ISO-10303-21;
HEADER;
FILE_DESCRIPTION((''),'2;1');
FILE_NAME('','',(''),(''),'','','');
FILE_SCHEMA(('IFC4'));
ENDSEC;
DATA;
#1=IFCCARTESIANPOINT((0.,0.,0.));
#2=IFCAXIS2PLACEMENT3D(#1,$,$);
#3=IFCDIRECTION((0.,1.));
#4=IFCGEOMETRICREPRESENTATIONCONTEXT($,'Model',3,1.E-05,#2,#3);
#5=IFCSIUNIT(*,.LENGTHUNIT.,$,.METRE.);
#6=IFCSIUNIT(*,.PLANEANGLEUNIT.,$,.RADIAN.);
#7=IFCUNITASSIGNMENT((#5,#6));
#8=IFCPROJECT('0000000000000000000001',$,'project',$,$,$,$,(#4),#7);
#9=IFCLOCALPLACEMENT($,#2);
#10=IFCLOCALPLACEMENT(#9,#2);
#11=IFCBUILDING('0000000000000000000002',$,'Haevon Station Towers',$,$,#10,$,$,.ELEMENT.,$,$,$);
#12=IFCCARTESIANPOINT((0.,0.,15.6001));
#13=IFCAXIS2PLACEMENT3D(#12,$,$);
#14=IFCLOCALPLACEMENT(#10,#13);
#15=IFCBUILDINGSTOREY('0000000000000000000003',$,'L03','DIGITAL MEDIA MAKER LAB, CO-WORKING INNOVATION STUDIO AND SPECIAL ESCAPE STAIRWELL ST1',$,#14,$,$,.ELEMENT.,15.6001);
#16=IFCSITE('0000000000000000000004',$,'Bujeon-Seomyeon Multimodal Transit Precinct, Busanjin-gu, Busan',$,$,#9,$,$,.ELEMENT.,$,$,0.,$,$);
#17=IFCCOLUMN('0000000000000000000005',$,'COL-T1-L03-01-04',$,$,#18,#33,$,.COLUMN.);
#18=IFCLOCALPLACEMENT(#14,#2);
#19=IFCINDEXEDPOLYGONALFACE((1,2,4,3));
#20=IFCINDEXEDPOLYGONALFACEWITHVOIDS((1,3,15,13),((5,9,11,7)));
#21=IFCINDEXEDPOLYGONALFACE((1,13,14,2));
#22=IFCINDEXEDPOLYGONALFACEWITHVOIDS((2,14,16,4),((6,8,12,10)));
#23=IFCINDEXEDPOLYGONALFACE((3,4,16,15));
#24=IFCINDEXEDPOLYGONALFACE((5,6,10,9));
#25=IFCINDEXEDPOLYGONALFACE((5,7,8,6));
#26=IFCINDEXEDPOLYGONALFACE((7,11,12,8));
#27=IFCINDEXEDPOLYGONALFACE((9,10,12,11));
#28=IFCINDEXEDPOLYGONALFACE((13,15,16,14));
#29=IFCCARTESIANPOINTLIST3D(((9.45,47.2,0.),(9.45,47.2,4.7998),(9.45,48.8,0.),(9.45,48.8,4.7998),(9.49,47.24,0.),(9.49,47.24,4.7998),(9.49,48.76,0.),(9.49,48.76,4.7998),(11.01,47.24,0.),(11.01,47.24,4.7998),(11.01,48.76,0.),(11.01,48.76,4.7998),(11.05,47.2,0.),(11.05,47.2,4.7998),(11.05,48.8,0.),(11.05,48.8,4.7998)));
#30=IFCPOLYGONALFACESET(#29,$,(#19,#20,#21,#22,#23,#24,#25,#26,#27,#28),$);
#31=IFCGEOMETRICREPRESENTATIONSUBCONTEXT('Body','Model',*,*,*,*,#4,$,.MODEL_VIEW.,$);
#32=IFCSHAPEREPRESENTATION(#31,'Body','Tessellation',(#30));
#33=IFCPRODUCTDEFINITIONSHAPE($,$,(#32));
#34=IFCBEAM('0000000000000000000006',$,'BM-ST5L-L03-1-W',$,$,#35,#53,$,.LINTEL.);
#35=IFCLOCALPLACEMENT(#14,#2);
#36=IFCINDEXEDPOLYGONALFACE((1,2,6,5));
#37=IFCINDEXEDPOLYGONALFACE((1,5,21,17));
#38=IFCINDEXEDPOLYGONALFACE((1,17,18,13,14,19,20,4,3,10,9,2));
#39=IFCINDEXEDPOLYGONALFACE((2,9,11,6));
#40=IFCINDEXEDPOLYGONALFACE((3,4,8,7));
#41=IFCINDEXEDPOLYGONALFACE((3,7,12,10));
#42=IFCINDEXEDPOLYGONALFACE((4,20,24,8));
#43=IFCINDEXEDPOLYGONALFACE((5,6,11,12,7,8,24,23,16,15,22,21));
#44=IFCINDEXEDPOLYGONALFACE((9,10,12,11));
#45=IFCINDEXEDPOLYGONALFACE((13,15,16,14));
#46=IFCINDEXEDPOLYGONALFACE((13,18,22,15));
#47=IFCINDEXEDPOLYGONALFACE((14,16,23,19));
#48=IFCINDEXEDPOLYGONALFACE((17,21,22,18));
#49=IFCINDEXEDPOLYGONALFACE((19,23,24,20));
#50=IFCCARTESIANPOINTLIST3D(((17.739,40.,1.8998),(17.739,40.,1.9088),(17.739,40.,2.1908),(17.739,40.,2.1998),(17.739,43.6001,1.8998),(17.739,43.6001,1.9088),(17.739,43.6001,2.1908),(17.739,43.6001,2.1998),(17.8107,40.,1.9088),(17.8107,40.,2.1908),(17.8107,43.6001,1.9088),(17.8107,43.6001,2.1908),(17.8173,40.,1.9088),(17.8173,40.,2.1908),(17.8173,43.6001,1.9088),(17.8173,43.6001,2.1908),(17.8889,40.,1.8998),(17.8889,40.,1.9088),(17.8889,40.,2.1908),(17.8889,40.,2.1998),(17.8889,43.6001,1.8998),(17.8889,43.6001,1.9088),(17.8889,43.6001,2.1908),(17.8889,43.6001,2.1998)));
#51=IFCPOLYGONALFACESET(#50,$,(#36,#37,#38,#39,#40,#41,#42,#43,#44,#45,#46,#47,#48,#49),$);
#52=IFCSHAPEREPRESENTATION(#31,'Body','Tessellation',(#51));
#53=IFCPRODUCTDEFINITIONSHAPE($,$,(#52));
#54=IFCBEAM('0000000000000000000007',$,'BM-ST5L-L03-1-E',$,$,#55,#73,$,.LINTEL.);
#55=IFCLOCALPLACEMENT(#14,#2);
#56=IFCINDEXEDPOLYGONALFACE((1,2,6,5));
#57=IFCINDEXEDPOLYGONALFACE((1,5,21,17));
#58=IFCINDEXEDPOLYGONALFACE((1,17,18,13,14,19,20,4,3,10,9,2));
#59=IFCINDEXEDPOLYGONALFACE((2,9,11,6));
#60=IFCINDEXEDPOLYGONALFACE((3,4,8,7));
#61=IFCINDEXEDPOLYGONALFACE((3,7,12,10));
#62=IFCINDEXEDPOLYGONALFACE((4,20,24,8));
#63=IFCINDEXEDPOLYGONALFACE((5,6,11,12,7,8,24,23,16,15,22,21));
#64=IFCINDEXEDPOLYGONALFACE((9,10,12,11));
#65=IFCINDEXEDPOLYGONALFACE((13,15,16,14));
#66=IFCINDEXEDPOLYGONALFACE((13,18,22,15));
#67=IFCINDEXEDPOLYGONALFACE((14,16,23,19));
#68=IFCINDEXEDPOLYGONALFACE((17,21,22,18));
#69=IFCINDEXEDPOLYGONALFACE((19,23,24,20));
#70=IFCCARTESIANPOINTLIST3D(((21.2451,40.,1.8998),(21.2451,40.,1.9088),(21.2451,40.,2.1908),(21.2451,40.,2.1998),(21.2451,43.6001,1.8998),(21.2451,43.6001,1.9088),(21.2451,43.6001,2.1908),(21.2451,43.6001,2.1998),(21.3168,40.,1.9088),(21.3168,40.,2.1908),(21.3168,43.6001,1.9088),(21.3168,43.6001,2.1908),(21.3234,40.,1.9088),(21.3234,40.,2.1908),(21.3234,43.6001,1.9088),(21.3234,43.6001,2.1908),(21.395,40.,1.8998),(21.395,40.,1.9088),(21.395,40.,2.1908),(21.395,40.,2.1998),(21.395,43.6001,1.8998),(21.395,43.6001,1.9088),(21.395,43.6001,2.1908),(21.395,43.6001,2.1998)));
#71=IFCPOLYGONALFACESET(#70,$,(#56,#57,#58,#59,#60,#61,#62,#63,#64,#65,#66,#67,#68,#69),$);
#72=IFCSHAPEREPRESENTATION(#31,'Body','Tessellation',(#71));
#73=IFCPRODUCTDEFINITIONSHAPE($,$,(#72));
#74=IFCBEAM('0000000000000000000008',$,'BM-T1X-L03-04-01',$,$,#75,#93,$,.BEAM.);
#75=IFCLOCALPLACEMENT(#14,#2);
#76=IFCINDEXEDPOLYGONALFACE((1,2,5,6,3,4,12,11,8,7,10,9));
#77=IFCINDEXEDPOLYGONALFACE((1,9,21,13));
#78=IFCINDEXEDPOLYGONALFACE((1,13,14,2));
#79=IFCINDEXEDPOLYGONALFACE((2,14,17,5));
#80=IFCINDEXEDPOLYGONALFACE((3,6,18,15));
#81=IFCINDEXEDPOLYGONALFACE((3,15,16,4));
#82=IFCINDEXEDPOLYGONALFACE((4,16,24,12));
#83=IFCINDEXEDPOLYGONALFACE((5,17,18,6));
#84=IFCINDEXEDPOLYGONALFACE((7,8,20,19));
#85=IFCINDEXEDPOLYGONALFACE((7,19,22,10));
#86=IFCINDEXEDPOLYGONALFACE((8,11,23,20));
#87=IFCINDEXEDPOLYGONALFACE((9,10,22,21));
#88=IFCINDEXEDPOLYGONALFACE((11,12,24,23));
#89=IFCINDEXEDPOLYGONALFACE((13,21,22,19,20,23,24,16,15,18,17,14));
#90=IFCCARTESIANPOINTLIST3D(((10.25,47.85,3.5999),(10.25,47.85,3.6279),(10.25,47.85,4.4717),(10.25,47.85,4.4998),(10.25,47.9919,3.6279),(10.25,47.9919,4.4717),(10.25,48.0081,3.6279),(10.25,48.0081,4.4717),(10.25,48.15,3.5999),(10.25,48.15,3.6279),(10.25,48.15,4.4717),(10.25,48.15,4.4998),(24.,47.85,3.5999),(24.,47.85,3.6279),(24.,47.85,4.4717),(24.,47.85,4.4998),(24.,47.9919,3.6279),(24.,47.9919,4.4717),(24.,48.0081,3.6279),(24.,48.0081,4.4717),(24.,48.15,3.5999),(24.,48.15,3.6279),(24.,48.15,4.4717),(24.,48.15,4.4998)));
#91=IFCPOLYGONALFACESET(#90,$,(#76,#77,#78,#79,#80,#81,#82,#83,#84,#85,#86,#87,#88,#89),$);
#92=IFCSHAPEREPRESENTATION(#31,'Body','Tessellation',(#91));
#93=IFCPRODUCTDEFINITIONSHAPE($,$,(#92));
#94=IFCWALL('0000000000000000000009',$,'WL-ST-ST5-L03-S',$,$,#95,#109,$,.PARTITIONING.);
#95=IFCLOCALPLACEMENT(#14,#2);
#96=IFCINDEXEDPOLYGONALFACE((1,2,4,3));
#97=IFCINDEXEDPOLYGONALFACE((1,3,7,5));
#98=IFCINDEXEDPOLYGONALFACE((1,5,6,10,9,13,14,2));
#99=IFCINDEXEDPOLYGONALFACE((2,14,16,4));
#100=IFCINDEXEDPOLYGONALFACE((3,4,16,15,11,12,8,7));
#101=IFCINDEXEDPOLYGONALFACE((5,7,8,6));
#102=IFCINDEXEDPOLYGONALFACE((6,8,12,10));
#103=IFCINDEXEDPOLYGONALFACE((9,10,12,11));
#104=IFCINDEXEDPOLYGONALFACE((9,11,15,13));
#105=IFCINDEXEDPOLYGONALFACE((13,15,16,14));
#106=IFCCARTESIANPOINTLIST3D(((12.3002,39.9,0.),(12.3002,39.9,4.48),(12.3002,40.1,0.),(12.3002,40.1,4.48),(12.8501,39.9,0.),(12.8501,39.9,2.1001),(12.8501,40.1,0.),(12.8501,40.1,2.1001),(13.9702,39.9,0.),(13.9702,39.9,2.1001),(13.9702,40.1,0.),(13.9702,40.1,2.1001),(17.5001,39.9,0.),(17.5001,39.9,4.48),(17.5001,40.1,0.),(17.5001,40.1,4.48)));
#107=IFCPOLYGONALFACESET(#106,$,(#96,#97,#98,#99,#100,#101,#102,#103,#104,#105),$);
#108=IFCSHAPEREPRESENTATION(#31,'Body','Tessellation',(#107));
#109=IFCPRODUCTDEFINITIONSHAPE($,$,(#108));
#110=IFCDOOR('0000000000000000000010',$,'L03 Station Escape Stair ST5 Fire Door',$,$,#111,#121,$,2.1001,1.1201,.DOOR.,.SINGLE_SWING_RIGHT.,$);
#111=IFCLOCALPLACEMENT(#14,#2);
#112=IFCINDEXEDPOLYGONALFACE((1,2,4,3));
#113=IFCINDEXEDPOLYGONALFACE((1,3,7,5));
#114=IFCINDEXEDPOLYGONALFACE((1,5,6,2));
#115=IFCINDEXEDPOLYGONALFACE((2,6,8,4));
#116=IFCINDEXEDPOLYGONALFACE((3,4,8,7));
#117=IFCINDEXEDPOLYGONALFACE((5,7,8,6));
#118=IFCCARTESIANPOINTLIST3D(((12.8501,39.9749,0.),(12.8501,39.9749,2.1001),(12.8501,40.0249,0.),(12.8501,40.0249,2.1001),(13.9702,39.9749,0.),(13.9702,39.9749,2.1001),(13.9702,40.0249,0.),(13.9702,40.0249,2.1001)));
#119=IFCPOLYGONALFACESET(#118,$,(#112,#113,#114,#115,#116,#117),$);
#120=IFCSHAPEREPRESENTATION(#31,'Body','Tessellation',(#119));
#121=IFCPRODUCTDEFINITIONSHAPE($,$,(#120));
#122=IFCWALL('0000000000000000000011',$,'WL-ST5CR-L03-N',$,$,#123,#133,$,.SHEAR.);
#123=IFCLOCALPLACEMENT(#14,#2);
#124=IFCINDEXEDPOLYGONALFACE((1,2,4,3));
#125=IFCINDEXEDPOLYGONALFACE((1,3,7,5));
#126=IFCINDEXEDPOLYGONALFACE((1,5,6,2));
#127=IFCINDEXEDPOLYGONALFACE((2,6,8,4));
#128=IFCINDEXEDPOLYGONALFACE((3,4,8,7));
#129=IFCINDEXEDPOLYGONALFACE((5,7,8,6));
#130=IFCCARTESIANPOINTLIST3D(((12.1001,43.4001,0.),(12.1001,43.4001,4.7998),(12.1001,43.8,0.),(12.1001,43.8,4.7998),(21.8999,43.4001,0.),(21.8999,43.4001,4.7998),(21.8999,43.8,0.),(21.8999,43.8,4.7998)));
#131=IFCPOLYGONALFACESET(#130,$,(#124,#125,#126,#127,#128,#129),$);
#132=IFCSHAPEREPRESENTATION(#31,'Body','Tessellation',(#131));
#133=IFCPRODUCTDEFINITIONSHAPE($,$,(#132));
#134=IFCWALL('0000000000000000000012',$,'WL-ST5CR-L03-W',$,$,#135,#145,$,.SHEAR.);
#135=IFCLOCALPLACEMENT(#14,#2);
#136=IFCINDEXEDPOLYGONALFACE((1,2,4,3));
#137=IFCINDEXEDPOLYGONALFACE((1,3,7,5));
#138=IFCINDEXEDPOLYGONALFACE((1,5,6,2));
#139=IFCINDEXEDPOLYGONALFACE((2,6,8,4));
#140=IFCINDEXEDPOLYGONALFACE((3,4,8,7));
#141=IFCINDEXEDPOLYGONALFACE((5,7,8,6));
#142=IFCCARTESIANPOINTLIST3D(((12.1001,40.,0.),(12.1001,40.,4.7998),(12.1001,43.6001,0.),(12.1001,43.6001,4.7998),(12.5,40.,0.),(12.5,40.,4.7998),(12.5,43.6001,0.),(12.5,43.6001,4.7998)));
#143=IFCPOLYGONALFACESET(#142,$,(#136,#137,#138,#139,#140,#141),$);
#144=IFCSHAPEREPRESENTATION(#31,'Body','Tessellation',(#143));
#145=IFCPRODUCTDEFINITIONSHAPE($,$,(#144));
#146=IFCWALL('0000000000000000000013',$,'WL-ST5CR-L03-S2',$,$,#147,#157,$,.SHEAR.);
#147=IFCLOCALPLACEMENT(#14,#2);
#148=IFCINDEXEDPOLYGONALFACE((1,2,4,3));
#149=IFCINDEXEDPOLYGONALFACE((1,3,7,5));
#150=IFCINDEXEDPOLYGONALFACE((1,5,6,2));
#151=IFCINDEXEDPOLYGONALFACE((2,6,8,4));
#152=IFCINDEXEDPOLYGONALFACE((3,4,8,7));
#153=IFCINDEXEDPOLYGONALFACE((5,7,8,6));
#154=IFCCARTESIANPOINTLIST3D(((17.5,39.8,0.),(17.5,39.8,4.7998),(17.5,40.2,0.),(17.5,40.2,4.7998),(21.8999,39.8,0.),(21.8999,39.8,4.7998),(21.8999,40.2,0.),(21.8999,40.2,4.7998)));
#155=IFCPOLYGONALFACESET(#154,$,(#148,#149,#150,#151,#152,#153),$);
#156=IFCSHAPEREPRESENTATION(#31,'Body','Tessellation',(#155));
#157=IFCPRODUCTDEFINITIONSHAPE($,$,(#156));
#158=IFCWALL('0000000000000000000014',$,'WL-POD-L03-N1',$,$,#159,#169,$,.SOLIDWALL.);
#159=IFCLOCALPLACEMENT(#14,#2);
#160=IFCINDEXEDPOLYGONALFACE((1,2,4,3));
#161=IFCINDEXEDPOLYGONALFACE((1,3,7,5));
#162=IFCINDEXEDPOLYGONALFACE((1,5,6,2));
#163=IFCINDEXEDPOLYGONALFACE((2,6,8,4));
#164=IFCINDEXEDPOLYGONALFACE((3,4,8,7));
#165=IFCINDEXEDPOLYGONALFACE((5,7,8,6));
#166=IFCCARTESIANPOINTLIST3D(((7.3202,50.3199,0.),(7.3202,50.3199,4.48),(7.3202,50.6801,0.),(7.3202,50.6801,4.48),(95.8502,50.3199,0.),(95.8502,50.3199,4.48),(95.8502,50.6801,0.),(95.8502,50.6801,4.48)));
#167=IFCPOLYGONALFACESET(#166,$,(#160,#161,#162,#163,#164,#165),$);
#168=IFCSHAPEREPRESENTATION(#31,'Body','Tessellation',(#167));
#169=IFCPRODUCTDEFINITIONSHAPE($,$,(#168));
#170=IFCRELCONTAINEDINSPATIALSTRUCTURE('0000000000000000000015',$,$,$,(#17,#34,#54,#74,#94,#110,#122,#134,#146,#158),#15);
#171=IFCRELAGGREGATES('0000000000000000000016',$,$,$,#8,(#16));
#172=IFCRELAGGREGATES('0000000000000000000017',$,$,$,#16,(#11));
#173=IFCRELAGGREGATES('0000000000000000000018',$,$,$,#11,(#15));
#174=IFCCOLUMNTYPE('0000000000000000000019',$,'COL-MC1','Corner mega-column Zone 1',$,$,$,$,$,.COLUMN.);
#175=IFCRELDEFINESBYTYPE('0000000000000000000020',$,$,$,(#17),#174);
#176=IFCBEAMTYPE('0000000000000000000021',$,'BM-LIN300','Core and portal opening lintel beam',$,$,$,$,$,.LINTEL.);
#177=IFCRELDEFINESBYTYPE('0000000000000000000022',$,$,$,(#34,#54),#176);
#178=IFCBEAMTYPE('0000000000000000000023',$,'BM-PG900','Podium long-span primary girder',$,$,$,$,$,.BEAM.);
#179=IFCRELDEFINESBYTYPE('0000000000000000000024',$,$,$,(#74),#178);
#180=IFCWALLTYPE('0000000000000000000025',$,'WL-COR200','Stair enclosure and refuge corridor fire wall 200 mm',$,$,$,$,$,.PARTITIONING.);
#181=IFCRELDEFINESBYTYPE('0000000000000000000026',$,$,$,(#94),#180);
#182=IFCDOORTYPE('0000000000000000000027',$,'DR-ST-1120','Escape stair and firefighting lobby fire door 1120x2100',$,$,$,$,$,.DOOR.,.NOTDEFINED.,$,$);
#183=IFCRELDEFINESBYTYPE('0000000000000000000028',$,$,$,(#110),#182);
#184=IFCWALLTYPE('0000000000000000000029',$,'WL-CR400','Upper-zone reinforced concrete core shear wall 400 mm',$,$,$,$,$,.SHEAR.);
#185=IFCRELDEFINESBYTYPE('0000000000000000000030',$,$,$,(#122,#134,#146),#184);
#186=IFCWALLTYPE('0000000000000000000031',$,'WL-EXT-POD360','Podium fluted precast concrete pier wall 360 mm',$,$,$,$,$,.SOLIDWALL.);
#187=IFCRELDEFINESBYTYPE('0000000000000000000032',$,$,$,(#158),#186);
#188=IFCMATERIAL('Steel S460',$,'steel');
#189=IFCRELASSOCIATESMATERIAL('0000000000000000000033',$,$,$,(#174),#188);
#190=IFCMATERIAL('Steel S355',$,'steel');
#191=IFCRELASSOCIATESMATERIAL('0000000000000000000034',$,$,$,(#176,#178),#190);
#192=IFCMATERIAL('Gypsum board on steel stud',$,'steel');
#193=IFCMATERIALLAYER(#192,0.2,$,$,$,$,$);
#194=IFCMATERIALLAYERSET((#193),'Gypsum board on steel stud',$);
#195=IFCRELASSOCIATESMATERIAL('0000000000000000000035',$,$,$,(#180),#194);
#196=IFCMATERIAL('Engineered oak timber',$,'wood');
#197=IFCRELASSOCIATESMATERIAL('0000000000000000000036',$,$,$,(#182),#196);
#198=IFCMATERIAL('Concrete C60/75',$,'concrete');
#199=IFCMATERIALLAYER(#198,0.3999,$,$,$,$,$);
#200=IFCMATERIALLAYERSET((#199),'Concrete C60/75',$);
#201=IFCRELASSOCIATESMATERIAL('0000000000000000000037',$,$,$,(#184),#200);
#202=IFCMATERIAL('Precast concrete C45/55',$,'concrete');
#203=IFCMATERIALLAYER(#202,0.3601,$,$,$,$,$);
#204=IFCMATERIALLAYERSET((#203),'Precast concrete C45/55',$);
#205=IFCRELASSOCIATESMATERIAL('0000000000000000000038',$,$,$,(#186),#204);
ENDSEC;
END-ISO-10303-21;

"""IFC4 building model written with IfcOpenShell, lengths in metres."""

from ifc_helpers import new_model, si_unit, direction, frame, frame_2d, origin, origin_2d, place, context, subcontext, project, spatial, rectangle, hollow_rectangle, i_section, extrude, material, layer, layer_set, material_profile, profile_set, type_object, element, fill, save


model = new_model("IFC4")

# Units and contexts
model_context = context("Model", 3, precision=1e-05, world=origin(), true_north=direction((0.0, 1.0)))
body_context = subcontext(model_context, "Body", "Model", "MODEL_VIEW")
ifc_project = project(units=[si_unit("LENGTHUNIT", "METRE"), si_unit("PLANEANGLEUNIT", "RADIAN")], contexts=[model_context])

# Site, building, storey
site_placement = place(None, origin())
site = spatial("IfcSite", under=ifc_project, at=site_placement, Name="Bujeon-Seomyeon Multimodal Transit Precinct, Busanjin-gu, Busan", CompositionType="ELEMENT", RefElevation=0.0)
building_placement = place(site_placement, origin())
building = spatial("IfcBuilding", under=site, at=building_placement, Name="Haevon Station Towers", CompositionType="ELEMENT")
storey_placement = place(building_placement, frame((0.0, 0.0, 15.6001)))
storey = spatial("IfcBuildingStorey", under=building, at=storey_placement, Name="L03", Description="DIGITAL MEDIA MAKER LAB, CO-WORKING INNOVATION STUDIO AND SPECIAL ESCAPE STAIRWELL ST1", CompositionType="ELEMENT", Elevation=15.6001)

# Column
ifc_material_1 = material(Name="Steel S460", Category="steel")
ifc_material_profile_1 = material_profile(ifc_material_1, hollow_rectangle(XDim=1.6001, YDim=1.6001, WallThickness=0.04, at=origin_2d()), Name="BOX-1600x1600x40")
ifc_profile_set_1 = profile_set([ifc_material_profile_1], Name="Steel S460")
column_type = type_object("IfcColumnType", Name="COL-MC1", Description="Corner mega-column Zone 1", PredefinedType="COLUMN", material=ifc_profile_set_1)
column_placement = place(storey_placement, frame((10.25, 48.0, 0.0), z_axis=(0.0, 0.0, 1.0), x_axis=(1.0, 0.0, 0.0)))
element("IfcColumn", 1, at=column_placement, inside=storey, type_object=column_type, Name="COL-T1-L03-01-04", PredefinedType="COLUMN", context=body_context, shape_type="SweptSolid", body=[
    extrude(hollow_rectangle(XDim=1.6001, YDim=1.6001, WallThickness=0.04, at=origin_2d()), origin(), (0.0, 0.0, 1.0), 4.7998),
])

# Beams
ifc_material_2 = material(Name="Steel S355", Category="steel")
ifc_material_profile_2 = material_profile(ifc_material_2, i_section(OverallWidth=0.1499, OverallDepth=0.3, WebThickness=0.0066, FlangeThickness=0.009, at=origin_2d()), Name="H-300x150x6.5x9")
ifc_profile_set_2 = profile_set([ifc_material_profile_2], Name="Steel S355")
beam_type_1 = type_object("IfcBeamType", Name="BM-LIN300", Description="Core and portal opening lintel beam", PredefinedType="LINTEL", material=ifc_profile_set_2)
for number, where, z_axis, x_axis, name in (
    (2, (17.814, 40.0, 2.0498), (0.0, 1.0, 0.0), (-1.0, 0.0, 0.0), "BM-ST5L-L03-1-W"),
    (3, (21.3201, 40.0, 2.0498), (0.0, 1.0, 0.0), (-1.0, 0.0, 0.0), "BM-ST5L-L03-1-E"),
):
    element("IfcBeam", number, at=place(storey_placement, frame(where, z_axis=z_axis, x_axis=x_axis)), inside=storey, type_object=beam_type_1, Name=name, PredefinedType="LINTEL", context=body_context, shape_type="SweptSolid", body=[
        extrude(i_section(OverallWidth=0.1499, OverallDepth=0.3, WebThickness=0.0066, FlangeThickness=0.009, at=origin_2d()), origin(), (0.0, 0.0, 1.0), 3.6001),
    ])
ifc_material_profile_3 = material_profile(ifc_material_2, i_section(OverallWidth=0.3, OverallDepth=0.8999, WebThickness=0.0161, FlangeThickness=0.0281, at=origin_2d()), Name="H-900x300x16x28")
ifc_profile_set_3 = profile_set([ifc_material_profile_3], Name="Steel S355")
beam_type_2 = type_object("IfcBeamType", Name="BM-PG900", Description="Podium long-span primary girder", PredefinedType="BEAM", material=ifc_profile_set_3)
beam_placement = place(storey_placement, frame((10.25, 48.0, 4.0498), z_axis=(1.0, 0.0, 0.0), x_axis=(0.0, 1.0, 0.0)))
element("IfcBeam", 4, at=beam_placement, inside=storey, type_object=beam_type_2, Name="BM-T1X-L03-04-01", PredefinedType="BEAM", context=body_context, shape_type="SweptSolid", body=[
    extrude(i_section(OverallWidth=0.3, OverallDepth=0.8999, WebThickness=0.0161, FlangeThickness=0.0281, at=origin_2d()), origin(), (0.0, 0.0, 1.0), 13.75),
])

# Wall, opening, door
ifc_material_3 = material(Name="Gypsum board on steel stud", Category="steel")
ifc_layer_1 = layer(ifc_material_3, 0.2)
ifc_layer_set_1 = layer_set([ifc_layer_1], Name="Gypsum board on steel stud")
wall_type_1 = type_object("IfcWallType", Name="WL-COR200", Description="Stair enclosure and refuge corridor fire wall 200 mm", PredefinedType="PARTITIONING", material=ifc_layer_set_1)
wall_1_placement = place(storey_placement, frame((12.3, 40.0, 0.0), z_axis=(0.0, 0.0, 1.0), x_axis=(1.0, 0.0, 0.0)))
wall_1 = element("IfcWall", 5, at=wall_1_placement, inside=storey, type_object=wall_type_1, Name="WL-ST-ST5-L03-S", PredefinedType="PARTITIONING", context=body_context, shape_type="SweptSolid", body=[
    extrude(rectangle(XDim=5.2, YDim=0.2, at=frame_2d((2.6001, 0.0))), origin(), (0.0, 0.0, 1.0), 4.48),
])
opening_1_placement = place(wall_1_placement, frame((0.55, 0.0, 0.0)))
opening_1 = element("IfcOpeningElement", 6, at=opening_1_placement, cuts=wall_1, PredefinedType="OPENING", context=body_context, shape_type="SweptSolid", body=[
    extrude(rectangle(XDim=1.1201, YDim=2.1001, at=frame_2d((0.5601, 1.05))), frame((0.0, 0.1099, 0.0), z_axis=(0.0, -1.0, 0.0), x_axis=(1.0, 0.0, 0.0)), (0.0, 0.0, 1.0), 0.22),
])
ifc_material_4 = material(Name="Engineered oak timber", Category="wood")
door_type_1 = type_object("IfcDoorType", Name="DR-ST-1120", Description="Escape stair and firefighting lobby fire door 1120x2100", OperationType="NOTDEFINED", PredefinedType="DOOR", material=ifc_material_4)
door_1_placement = place(opening_1_placement, origin())
door_1 = element("IfcDoor", 7, at=door_1_placement, inside=storey, type_object=door_type_1, Name="L03 Station Escape Stair ST5 Fire Door", OperationType="SINGLE_SWING_RIGHT", OverallHeight=2.1001, OverallWidth=1.1201, PredefinedType="DOOR", context=body_context, shape_type="SweptSolid", body=[
    extrude(rectangle(XDim=1.1201, YDim=2.1001, at=frame_2d((0.5601, 1.05))), frame((0.0, 0.0249, 0.0), z_axis=(0.0, -1.0, 0.0), x_axis=(1.0, 0.0, 0.0)), (0.0, 0.0, 1.0), 0.05),
])
fill(opening_1, door_1)

# Walls
ifc_material_5 = material(Name="Concrete C60/75", Category="concrete")
ifc_layer_2 = layer(ifc_material_5, 0.3999)
ifc_layer_set_2 = layer_set([ifc_layer_2], Name="Concrete C60/75")
wall_type_2 = type_object("IfcWallType", Name="WL-CR400", Description="Upper-zone reinforced concrete core shear wall 400 mm", PredefinedType="SHEAR", material=ifc_layer_set_2)
wall_2_placement = place(storey_placement, frame((12.1001, 43.6001, 0.0), z_axis=(0.0, 0.0, 1.0), x_axis=(1.0, 0.0, 0.0)))
element("IfcWall", 8, at=wall_2_placement, inside=storey, type_object=wall_type_2, Name="WL-ST5CR-L03-N", PredefinedType="SHEAR", context=body_context, shape_type="SweptSolid", body=[
    extrude(rectangle(XDim=9.7998, YDim=0.3999, at=frame_2d((4.8999, 0.0))), origin(), (0.0, 0.0, 1.0), 4.7998),
])
wall_3_placement = place(storey_placement, frame((12.3, 40.0, 0.0), z_axis=(0.0, 0.0, 1.0), x_axis=(0.0, 1.0, 0.0)))
element("IfcWall", 9, at=wall_3_placement, inside=storey, type_object=wall_type_2, Name="WL-ST5CR-L03-W", PredefinedType="SHEAR", context=body_context, shape_type="SweptSolid", body=[
    extrude(rectangle(XDim=3.6001, YDim=0.3999, at=frame_2d((1.8, 0.0))), origin(), (0.0, 0.0, 1.0), 4.7998),
])
wall_4_placement = place(storey_placement, frame((17.5, 40.0, 0.0), z_axis=(0.0, 0.0, 1.0), x_axis=(1.0, 0.0, 0.0)))
element("IfcWall", 10, at=wall_4_placement, inside=storey, type_object=wall_type_2, Name="WL-ST5CR-L03-S2", PredefinedType="SHEAR", context=body_context, shape_type="SweptSolid", body=[
    extrude(rectangle(XDim=4.3999, YDim=0.3999, at=frame_2d((2.2, 0.0))), origin(), (0.0, 0.0, 1.0), 4.7998),
])
ifc_material_6 = material(Name="Precast concrete C45/55", Category="concrete")
ifc_layer_3 = layer(ifc_material_6, 0.3601)
ifc_layer_set_3 = layer_set([ifc_layer_3], Name="Precast concrete C45/55")
wall_type_3 = type_object("IfcWallType", Name="WL-EXT-POD360", Description="Podium fluted precast concrete pier wall 360 mm", PredefinedType="SOLIDWALL", material=ifc_layer_set_3)
wall_5_placement = place(storey_placement, frame((7.3201, 50.5, 0.0), z_axis=(0.0, 0.0, 1.0), x_axis=(1.0, 0.0, 0.0)))
element("IfcWall", 11, at=wall_5_placement, inside=storey, type_object=wall_type_3, Name="WL-POD-L03-N1", PredefinedType="SOLIDWALL", context=body_context, shape_type="SweptSolid", body=[
    extrude(rectangle(XDim=88.53, YDim=0.3601, at=frame_2d((44.2651, 0.0))), origin(), (0.0, 0.0, 1.0), 4.48),
])

save(model, "model.ifc")
